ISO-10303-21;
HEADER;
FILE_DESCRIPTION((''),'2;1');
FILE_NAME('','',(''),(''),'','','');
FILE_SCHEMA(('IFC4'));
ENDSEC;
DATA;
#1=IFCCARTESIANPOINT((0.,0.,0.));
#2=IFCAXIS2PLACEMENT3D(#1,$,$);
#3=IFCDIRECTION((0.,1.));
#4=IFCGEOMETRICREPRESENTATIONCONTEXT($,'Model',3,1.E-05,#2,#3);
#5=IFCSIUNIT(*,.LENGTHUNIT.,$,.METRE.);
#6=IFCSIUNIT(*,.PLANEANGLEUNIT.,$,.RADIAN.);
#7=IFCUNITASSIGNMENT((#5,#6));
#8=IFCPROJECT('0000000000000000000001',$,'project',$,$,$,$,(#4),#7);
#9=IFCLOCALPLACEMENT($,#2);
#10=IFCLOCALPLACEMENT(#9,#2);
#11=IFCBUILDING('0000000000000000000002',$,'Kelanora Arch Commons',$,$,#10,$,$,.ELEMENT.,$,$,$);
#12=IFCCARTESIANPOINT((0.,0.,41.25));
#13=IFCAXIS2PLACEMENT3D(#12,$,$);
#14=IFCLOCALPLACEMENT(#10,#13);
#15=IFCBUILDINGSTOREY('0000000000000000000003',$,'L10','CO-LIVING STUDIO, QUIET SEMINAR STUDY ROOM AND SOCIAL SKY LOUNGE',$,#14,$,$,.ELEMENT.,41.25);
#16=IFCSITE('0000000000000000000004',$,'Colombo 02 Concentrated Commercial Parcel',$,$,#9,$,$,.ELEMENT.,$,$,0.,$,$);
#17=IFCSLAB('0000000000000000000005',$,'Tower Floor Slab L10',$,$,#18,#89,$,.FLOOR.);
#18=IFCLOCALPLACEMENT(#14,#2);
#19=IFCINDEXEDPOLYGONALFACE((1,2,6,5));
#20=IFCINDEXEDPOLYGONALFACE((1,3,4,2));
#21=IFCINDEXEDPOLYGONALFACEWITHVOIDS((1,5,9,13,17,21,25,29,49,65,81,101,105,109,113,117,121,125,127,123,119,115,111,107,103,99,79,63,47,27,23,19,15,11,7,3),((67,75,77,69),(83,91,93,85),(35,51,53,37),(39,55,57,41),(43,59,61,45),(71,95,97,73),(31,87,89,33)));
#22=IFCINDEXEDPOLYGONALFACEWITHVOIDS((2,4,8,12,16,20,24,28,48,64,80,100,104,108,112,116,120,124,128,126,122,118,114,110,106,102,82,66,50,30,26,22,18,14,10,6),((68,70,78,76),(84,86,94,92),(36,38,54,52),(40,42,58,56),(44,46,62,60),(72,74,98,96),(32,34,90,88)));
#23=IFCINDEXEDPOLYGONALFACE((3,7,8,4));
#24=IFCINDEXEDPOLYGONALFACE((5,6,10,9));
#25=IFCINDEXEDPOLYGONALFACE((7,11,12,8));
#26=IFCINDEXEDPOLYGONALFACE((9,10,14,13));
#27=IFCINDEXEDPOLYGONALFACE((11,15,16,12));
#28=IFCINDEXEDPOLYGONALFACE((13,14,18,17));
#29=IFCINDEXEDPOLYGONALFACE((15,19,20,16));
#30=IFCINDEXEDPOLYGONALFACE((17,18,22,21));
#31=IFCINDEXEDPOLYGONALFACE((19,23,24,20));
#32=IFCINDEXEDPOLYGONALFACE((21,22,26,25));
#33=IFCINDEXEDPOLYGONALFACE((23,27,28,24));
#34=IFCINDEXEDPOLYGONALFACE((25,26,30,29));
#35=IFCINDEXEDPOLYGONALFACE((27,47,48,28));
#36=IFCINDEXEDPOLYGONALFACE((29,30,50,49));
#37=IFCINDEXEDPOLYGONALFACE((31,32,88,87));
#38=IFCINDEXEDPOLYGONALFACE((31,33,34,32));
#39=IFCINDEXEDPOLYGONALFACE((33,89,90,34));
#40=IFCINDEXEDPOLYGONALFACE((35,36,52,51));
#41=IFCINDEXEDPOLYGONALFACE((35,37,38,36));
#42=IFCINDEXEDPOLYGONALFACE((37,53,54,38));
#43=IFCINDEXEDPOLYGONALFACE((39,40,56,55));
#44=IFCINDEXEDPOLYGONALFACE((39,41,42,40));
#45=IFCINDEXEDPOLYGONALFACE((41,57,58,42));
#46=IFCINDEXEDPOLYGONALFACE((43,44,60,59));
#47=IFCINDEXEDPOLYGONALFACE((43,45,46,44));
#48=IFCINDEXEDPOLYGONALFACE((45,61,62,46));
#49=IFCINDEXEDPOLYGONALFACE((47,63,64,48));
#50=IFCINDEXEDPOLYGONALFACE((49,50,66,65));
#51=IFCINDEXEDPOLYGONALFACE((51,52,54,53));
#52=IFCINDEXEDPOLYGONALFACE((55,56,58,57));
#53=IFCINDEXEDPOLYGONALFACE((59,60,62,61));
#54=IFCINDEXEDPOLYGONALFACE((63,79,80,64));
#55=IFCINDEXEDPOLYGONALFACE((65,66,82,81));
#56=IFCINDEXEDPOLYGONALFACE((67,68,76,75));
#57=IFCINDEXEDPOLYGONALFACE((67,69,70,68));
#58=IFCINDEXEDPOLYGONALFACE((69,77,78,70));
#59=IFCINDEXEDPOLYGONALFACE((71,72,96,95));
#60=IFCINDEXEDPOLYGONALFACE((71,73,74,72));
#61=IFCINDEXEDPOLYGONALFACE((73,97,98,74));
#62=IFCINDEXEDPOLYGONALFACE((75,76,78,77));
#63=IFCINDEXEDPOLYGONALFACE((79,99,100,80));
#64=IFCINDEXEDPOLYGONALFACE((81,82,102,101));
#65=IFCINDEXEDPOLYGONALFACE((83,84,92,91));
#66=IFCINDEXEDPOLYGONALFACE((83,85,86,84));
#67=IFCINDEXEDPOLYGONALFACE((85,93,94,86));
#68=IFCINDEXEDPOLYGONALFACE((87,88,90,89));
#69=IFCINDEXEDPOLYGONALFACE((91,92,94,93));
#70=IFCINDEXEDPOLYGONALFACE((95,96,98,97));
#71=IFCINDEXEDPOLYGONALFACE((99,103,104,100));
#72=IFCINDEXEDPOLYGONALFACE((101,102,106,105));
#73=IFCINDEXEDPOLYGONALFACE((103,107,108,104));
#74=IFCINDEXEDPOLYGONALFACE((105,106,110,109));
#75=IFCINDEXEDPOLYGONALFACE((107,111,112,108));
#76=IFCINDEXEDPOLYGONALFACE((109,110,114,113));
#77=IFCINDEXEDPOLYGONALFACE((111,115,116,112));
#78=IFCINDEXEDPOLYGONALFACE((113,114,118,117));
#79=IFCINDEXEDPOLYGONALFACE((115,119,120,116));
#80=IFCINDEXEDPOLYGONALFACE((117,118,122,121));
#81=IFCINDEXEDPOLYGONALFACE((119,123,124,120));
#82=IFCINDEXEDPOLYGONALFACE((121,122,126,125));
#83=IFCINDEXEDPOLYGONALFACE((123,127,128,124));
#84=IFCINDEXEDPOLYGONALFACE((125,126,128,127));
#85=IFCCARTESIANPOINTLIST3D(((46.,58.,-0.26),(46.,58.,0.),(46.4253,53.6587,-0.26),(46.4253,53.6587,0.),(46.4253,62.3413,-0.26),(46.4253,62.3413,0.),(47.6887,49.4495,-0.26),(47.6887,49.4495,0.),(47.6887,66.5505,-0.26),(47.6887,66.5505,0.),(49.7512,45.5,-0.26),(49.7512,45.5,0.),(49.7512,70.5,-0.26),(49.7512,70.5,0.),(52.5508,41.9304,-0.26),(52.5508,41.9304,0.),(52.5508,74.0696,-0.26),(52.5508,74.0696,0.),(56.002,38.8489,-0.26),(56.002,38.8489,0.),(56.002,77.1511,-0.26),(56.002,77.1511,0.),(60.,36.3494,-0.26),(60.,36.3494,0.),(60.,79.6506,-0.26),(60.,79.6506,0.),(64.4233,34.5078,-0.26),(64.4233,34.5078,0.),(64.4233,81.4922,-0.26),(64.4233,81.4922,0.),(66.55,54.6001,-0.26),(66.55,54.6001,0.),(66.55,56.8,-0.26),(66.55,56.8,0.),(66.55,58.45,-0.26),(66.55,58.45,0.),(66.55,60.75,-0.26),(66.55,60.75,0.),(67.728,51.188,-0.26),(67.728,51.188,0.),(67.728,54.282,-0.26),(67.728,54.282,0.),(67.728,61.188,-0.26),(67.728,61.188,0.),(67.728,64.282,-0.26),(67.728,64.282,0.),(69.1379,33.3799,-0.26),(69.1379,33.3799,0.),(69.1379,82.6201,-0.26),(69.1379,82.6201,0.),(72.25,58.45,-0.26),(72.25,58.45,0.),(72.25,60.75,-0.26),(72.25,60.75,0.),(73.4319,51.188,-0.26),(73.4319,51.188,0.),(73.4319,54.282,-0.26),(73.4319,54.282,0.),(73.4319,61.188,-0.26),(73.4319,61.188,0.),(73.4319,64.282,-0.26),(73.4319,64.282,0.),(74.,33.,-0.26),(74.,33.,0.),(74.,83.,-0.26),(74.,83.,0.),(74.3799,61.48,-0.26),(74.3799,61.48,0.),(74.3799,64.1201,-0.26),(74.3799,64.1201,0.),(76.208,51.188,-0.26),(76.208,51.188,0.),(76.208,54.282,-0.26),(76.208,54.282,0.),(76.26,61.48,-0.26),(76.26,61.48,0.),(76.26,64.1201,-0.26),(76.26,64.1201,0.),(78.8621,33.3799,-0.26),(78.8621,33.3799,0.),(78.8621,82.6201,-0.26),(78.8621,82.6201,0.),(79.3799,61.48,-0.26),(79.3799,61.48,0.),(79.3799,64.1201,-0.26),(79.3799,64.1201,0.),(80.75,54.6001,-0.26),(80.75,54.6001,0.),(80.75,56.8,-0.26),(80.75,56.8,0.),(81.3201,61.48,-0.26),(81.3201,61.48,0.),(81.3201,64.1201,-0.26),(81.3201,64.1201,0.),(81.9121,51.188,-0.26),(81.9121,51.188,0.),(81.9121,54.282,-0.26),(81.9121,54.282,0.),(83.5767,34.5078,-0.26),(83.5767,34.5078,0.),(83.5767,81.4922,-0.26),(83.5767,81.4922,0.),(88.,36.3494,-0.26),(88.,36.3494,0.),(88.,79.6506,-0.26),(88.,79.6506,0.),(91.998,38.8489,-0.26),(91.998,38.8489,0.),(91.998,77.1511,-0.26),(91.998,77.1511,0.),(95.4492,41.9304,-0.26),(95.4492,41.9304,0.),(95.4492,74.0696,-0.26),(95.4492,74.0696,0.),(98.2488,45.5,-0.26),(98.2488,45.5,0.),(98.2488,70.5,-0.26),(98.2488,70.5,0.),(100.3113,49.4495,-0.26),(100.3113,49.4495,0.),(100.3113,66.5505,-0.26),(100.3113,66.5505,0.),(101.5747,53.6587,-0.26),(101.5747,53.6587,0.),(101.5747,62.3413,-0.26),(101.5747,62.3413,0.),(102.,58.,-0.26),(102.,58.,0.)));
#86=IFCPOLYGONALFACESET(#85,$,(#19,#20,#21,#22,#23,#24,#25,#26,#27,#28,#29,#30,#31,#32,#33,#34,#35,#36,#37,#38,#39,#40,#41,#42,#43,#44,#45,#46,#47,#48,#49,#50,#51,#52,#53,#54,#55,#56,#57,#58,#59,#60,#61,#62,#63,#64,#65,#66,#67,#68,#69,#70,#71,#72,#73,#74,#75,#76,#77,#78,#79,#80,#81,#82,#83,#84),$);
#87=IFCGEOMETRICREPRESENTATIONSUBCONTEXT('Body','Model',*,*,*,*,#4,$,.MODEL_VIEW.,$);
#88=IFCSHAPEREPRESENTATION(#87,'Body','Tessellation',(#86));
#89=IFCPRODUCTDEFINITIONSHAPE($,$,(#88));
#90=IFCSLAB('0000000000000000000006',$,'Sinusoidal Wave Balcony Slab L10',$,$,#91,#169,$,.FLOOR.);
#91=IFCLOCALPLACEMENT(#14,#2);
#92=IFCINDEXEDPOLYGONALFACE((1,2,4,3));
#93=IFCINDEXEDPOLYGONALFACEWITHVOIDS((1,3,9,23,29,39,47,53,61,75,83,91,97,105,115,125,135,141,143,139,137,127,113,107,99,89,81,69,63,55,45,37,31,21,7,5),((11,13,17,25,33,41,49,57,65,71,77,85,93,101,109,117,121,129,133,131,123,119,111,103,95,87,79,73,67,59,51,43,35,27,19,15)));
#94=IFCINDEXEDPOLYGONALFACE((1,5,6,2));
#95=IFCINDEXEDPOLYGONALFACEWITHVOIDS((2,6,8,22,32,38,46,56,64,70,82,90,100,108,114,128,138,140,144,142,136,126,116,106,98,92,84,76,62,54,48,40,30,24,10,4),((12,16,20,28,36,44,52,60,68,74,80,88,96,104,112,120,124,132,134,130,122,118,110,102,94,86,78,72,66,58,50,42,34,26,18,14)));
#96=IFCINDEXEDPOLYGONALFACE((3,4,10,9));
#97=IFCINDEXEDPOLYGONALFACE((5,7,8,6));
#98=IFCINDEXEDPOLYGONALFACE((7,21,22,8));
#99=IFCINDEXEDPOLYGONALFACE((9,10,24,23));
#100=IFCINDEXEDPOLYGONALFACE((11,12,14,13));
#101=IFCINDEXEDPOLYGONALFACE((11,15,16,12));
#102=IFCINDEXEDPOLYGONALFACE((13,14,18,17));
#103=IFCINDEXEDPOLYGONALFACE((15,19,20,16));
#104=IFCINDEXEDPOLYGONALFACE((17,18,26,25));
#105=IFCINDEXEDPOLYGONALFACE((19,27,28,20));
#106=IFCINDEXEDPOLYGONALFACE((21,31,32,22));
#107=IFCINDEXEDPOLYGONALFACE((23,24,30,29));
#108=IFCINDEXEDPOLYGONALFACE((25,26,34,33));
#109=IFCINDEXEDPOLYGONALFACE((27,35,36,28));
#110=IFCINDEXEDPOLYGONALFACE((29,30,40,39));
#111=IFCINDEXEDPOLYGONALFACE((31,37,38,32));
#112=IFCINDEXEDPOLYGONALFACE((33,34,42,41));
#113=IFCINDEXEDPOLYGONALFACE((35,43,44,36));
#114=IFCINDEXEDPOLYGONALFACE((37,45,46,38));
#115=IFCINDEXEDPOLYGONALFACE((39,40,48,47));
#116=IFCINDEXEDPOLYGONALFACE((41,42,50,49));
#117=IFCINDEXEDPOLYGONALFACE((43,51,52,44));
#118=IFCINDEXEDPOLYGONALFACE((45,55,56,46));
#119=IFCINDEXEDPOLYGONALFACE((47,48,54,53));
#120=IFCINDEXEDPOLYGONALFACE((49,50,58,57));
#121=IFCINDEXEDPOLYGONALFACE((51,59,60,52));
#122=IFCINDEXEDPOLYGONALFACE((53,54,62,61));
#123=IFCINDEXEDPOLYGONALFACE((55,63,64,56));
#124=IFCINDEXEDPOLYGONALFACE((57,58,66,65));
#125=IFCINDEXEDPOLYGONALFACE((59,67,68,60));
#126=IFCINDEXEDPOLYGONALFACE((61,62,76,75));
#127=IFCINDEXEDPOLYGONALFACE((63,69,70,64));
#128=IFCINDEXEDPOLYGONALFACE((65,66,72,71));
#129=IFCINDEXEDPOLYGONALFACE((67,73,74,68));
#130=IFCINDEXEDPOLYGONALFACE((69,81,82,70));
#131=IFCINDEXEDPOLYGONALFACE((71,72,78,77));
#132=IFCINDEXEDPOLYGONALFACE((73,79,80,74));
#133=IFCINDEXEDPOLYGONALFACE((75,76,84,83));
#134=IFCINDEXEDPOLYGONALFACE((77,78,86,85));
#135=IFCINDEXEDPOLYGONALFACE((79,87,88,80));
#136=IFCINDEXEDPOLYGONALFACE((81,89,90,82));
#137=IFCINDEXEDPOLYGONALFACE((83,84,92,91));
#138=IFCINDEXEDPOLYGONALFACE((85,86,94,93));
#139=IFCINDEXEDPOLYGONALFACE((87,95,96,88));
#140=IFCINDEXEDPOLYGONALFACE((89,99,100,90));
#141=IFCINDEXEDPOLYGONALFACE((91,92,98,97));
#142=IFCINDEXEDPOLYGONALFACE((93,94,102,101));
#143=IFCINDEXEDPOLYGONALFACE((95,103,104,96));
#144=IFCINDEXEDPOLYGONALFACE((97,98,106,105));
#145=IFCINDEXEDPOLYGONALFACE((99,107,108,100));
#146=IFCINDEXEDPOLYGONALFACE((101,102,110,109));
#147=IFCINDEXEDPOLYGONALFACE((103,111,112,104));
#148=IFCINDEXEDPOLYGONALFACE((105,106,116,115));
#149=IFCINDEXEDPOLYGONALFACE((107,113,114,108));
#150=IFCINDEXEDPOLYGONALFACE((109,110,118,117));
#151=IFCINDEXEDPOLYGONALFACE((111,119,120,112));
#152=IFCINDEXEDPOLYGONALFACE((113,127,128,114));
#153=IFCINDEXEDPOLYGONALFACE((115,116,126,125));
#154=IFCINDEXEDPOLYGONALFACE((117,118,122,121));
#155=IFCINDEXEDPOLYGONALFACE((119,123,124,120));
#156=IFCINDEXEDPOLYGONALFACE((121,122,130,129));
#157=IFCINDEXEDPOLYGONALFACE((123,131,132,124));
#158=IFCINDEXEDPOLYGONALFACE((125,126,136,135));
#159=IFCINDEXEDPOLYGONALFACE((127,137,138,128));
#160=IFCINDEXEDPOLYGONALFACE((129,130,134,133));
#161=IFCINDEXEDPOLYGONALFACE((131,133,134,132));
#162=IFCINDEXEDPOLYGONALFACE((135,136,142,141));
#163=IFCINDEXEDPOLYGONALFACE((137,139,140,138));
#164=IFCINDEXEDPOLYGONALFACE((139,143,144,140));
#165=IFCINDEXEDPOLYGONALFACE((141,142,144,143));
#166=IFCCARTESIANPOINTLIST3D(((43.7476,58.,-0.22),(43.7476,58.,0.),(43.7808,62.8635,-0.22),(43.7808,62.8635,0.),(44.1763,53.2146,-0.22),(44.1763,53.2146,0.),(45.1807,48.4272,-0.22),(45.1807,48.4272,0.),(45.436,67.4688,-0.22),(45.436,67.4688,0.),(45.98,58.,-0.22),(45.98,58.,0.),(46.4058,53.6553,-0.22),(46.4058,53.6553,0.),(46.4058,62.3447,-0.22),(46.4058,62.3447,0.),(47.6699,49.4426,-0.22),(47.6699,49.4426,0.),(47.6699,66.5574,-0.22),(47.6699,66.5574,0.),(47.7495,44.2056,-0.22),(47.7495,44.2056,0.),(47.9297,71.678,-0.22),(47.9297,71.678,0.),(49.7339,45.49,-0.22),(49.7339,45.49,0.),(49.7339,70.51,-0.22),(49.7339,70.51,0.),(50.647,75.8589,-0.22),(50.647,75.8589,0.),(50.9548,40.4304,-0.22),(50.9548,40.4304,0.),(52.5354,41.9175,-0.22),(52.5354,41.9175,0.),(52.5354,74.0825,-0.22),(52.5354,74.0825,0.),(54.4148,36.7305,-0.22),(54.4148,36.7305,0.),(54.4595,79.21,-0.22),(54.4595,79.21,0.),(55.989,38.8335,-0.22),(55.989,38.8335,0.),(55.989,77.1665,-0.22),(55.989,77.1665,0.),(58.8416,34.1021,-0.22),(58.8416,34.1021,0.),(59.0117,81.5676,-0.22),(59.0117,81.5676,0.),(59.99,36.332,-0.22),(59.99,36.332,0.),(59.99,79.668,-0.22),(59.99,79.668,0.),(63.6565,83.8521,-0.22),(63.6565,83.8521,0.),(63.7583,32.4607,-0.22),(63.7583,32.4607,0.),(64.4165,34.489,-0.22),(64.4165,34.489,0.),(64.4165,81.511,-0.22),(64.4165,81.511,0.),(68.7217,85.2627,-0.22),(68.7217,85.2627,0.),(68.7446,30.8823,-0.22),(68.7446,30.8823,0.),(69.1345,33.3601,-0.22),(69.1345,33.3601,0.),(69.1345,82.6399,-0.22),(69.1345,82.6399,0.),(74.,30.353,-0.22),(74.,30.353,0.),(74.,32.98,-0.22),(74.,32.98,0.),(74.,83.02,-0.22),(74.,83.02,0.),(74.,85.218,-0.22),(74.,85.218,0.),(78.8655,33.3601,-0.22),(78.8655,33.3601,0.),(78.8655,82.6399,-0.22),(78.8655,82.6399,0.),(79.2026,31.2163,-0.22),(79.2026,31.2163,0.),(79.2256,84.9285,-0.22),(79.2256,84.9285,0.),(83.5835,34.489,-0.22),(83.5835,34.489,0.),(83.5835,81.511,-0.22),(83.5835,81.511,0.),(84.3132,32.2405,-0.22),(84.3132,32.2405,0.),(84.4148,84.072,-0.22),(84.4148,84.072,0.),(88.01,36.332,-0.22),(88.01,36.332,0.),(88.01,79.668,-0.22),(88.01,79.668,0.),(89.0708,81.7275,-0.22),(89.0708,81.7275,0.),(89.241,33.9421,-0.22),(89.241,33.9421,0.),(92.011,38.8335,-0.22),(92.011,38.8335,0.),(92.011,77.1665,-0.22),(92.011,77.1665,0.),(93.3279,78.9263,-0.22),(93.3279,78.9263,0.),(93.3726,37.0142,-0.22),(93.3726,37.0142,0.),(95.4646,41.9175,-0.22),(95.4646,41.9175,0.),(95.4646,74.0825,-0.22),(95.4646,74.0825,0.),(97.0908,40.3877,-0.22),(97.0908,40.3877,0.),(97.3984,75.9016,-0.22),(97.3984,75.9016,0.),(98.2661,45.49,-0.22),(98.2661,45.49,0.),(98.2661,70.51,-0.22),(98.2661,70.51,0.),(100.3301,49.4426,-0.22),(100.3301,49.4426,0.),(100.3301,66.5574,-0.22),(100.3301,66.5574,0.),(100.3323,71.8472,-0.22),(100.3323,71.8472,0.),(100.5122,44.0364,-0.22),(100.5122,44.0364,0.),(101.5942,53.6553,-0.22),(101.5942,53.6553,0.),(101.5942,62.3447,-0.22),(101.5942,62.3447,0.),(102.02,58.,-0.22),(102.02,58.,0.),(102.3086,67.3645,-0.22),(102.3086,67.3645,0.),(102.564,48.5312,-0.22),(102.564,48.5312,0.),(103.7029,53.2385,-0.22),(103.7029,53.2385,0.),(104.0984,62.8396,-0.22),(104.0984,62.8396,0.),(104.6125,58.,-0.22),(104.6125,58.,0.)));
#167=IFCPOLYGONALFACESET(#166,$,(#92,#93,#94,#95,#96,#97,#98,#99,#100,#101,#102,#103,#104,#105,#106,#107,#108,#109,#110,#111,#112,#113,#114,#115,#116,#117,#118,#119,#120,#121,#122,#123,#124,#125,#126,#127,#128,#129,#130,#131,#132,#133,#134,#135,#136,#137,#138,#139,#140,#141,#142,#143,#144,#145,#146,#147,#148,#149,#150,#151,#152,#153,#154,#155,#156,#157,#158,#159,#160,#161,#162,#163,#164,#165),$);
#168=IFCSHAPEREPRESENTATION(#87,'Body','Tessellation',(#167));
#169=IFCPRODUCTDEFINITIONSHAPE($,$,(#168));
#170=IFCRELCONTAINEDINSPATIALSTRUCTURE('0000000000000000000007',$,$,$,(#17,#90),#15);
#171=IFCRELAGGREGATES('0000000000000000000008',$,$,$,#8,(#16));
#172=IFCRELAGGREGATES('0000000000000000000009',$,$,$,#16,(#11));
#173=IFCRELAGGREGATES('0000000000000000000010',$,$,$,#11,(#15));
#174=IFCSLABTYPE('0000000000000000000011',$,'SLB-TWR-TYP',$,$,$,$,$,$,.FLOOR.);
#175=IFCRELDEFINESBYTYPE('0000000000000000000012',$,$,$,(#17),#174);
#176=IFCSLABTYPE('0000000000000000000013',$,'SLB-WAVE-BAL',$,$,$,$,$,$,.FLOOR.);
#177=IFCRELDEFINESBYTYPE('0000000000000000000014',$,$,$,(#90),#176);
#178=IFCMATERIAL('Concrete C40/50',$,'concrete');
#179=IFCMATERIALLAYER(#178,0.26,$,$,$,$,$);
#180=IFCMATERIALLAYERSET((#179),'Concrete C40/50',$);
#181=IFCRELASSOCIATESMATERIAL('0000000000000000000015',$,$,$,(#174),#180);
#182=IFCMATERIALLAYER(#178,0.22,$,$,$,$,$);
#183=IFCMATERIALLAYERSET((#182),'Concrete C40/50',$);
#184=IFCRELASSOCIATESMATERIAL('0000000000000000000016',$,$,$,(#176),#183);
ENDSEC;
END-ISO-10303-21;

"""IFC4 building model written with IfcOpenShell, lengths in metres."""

from ifc_helpers import new_model, si_unit, direction, frame, origin, place, context, subcontext, project, spatial, polyline, outline, extrude, material, layer, layer_set, type_object, element, save


model = new_model("IFC4")

# Units and contexts
model_context = context("Model", 3, precision=1e-05, world=origin(), true_north=direction((0.0, 1.0)))
body_context = subcontext(model_context, "Body", "Model", "MODEL_VIEW")
ifc_project = project(units=[si_unit("LENGTHUNIT", "METRE"), si_unit("PLANEANGLEUNIT", "RADIAN")], contexts=[model_context])

# Site, building, storey
site_placement = place(None, origin())
site = spatial("IfcSite", under=ifc_project, at=site_placement, Name="Colombo 02 Concentrated Commercial Parcel", CompositionType="ELEMENT", RefElevation=0.0)
building_placement = place(site_placement, origin())
building = spatial("IfcBuilding", under=site, at=building_placement, Name="Kelanora Arch Commons", CompositionType="ELEMENT")
storey_placement = place(building_placement, frame((0.0, 0.0, 41.25)))
storey = spatial("IfcBuildingStorey", under=building, at=storey_placement, Name="L10", Description="CO-LIVING STUDIO, QUIET SEMINAR STUDY ROOM AND SOCIAL SKY LOUNGE", CompositionType="ELEMENT", Elevation=41.25)

# Shared definitions
ifc_material_1 = material(Name="Concrete C40/50", Category="concrete")

# Slabs
ifc_layer_1 = layer(ifc_material_1, 0.26)
ifc_layer_set_1 = layer_set([ifc_layer_1], Name="Concrete C40/50")
slab_type_1 = type_object("IfcSlabType", Name="SLB-TWR-TYP", PredefinedType="FLOOR", material=ifc_layer_set_1)
slab_1_placement = place(storey_placement, frame((0.0, 0.0, -0.26)))
element("IfcSlab", 1, at=slab_1_placement, inside=storey, type_object=slab_type_1, Name="Tower Floor Slab L10", PredefinedType="FLOOR", context=body_context, shape_type="SweptSolid", body=[
    extrude(outline(polyline([(102.0, 58.0), (101.5747, 62.3413), (100.3113, 66.5505), (98.2488, 70.5), (95.4492, 74.0696), (91.998, 77.1511), (88.0, 79.6506), (83.5767, 81.4922), (78.8621, 82.6201), (74.0, 83.0), (69.1379, 82.6201), (64.4233, 81.4922), (60.0, 79.6506), (56.002, 77.1511), (52.5508, 74.0696), (49.7512, 70.5), (47.6887, 66.5505), (46.4253, 62.3413), (46.0, 58.0), (46.4253, 53.6587), (47.6887, 49.4495), (49.7512, 45.5), (52.5508, 41.9304), (56.002, 38.8489), (60.0, 36.3494), (64.4233, 34.5078), (69.1379, 33.3799), (74.0, 33.0), (78.8621, 33.3799), (83.5767, 34.5078), (88.0, 36.3494), (91.998, 38.8489), (95.4492, 41.9304), (98.2488, 45.5), (100.3113, 49.4495), (101.5747, 53.6587), (102.0, 58.0)]), holes=[polyline([(73.4319, 51.188), (67.728, 51.188), (67.728, 54.282), (73.4319, 54.282), (73.4319, 51.188)]), polyline([(76.208, 51.188), (76.208, 54.282), (81.9121, 54.282), (81.9121, 51.188), (76.208, 51.188)]), polyline([(66.55, 54.6001), (66.55, 56.8), (80.75, 56.8), (80.75, 54.6001), (66.55, 54.6001)]), polyline([(66.55, 58.45), (66.55, 60.75), (72.25, 60.75), (72.25, 58.45), (66.55, 58.45)]), polyline([(67.728, 61.188), (67.728, 64.282), (73.4319, 64.282), (73.4319, 61.188), (67.728, 61.188)]), polyline([(74.3799, 61.48), (74.3799, 64.1201), (76.26, 64.1201), (76.26, 61.48), (74.3799, 61.48)]), polyline([(79.3799, 61.48), (79.3799, 64.1201), (81.3201, 64.1201), (81.3201, 61.48), (79.3799, 61.48)])]), origin(), (0.0, 0.0, 1.0), 0.26),
])
ifc_layer_2 = layer(ifc_material_1, 0.22)
ifc_layer_set_2 = layer_set([ifc_layer_2], Name="Concrete C40/50")
slab_type_2 = type_object("IfcSlabType", Name="SLB-WAVE-BAL", PredefinedType="FLOOR", material=ifc_layer_set_2)
slab_2_placement = place(storey_placement, frame((0.0, 0.0, -0.22)))
element("IfcSlab", 2, at=slab_2_placement, inside=storey, type_object=slab_type_2, Name="Sinusoidal Wave Balcony Slab L10", PredefinedType="FLOOR", context=body_context, shape_type="SweptSolid", body=[
    extrude(outline(polyline([(104.6125, 58.0), (104.0984, 62.8396), (102.3086, 67.3645), (100.3323, 71.8472), (97.3984, 75.9016), (93.3279, 78.9263), (89.0708, 81.7275), (84.4148, 84.072), (79.2256, 84.9285), (74.0, 85.218), (68.7217, 85.2627), (63.6565, 83.8521), (59.0117, 81.5676), (54.4595, 79.21), (50.647, 75.8589), (47.9297, 71.678), (45.436, 67.4688), (43.7808, 62.8635), (43.7476, 58.0), (44.1763, 53.2146), (45.1807, 48.4272), (47.7495, 44.2056), (50.9548, 40.4304), (54.4148, 36.7305), (58.8416, 34.1021), (63.7583, 32.4607), (68.7446, 30.8823), (74.0, 30.353), (79.2026, 31.2163), (84.3132, 32.2405), (89.241, 33.9421), (93.3726, 37.0142), (97.0908, 40.3877), (100.5122, 44.0364), (102.564, 48.5312), (103.7029, 53.2385), (104.6125, 58.0)]), holes=[polyline([(101.5942, 53.6553), (100.3301, 49.4426), (98.2661, 45.49), (95.4646, 41.9175), (92.011, 38.8335), (88.01, 36.332), (83.5835, 34.489), (78.8655, 33.3601), (74.0, 32.98), (69.1345, 33.3601), (64.4165, 34.489), (59.99, 36.332), (55.989, 38.8335), (52.5354, 41.9175), (49.7339, 45.49), (47.6699, 49.4426), (46.4058, 53.6553), (45.98, 58.0), (46.4058, 62.3447), (47.6699, 66.5574), (49.7339, 70.51), (52.5354, 74.0825), (55.989, 77.1665), (59.99, 79.668), (64.4165, 81.511), (69.1345, 82.6399), (74.0, 83.02), (78.8655, 82.6399), (83.5835, 81.511), (88.01, 79.668), (92.011, 77.1665), (95.4646, 74.0825), (98.2661, 70.51), (100.3301, 66.5574), (101.5942, 62.3447), (102.02, 58.0), (101.5942, 53.6553)])]), origin(), (0.0, 0.0, 1.0), 0.22),
])

save(model, "model.ifc")
